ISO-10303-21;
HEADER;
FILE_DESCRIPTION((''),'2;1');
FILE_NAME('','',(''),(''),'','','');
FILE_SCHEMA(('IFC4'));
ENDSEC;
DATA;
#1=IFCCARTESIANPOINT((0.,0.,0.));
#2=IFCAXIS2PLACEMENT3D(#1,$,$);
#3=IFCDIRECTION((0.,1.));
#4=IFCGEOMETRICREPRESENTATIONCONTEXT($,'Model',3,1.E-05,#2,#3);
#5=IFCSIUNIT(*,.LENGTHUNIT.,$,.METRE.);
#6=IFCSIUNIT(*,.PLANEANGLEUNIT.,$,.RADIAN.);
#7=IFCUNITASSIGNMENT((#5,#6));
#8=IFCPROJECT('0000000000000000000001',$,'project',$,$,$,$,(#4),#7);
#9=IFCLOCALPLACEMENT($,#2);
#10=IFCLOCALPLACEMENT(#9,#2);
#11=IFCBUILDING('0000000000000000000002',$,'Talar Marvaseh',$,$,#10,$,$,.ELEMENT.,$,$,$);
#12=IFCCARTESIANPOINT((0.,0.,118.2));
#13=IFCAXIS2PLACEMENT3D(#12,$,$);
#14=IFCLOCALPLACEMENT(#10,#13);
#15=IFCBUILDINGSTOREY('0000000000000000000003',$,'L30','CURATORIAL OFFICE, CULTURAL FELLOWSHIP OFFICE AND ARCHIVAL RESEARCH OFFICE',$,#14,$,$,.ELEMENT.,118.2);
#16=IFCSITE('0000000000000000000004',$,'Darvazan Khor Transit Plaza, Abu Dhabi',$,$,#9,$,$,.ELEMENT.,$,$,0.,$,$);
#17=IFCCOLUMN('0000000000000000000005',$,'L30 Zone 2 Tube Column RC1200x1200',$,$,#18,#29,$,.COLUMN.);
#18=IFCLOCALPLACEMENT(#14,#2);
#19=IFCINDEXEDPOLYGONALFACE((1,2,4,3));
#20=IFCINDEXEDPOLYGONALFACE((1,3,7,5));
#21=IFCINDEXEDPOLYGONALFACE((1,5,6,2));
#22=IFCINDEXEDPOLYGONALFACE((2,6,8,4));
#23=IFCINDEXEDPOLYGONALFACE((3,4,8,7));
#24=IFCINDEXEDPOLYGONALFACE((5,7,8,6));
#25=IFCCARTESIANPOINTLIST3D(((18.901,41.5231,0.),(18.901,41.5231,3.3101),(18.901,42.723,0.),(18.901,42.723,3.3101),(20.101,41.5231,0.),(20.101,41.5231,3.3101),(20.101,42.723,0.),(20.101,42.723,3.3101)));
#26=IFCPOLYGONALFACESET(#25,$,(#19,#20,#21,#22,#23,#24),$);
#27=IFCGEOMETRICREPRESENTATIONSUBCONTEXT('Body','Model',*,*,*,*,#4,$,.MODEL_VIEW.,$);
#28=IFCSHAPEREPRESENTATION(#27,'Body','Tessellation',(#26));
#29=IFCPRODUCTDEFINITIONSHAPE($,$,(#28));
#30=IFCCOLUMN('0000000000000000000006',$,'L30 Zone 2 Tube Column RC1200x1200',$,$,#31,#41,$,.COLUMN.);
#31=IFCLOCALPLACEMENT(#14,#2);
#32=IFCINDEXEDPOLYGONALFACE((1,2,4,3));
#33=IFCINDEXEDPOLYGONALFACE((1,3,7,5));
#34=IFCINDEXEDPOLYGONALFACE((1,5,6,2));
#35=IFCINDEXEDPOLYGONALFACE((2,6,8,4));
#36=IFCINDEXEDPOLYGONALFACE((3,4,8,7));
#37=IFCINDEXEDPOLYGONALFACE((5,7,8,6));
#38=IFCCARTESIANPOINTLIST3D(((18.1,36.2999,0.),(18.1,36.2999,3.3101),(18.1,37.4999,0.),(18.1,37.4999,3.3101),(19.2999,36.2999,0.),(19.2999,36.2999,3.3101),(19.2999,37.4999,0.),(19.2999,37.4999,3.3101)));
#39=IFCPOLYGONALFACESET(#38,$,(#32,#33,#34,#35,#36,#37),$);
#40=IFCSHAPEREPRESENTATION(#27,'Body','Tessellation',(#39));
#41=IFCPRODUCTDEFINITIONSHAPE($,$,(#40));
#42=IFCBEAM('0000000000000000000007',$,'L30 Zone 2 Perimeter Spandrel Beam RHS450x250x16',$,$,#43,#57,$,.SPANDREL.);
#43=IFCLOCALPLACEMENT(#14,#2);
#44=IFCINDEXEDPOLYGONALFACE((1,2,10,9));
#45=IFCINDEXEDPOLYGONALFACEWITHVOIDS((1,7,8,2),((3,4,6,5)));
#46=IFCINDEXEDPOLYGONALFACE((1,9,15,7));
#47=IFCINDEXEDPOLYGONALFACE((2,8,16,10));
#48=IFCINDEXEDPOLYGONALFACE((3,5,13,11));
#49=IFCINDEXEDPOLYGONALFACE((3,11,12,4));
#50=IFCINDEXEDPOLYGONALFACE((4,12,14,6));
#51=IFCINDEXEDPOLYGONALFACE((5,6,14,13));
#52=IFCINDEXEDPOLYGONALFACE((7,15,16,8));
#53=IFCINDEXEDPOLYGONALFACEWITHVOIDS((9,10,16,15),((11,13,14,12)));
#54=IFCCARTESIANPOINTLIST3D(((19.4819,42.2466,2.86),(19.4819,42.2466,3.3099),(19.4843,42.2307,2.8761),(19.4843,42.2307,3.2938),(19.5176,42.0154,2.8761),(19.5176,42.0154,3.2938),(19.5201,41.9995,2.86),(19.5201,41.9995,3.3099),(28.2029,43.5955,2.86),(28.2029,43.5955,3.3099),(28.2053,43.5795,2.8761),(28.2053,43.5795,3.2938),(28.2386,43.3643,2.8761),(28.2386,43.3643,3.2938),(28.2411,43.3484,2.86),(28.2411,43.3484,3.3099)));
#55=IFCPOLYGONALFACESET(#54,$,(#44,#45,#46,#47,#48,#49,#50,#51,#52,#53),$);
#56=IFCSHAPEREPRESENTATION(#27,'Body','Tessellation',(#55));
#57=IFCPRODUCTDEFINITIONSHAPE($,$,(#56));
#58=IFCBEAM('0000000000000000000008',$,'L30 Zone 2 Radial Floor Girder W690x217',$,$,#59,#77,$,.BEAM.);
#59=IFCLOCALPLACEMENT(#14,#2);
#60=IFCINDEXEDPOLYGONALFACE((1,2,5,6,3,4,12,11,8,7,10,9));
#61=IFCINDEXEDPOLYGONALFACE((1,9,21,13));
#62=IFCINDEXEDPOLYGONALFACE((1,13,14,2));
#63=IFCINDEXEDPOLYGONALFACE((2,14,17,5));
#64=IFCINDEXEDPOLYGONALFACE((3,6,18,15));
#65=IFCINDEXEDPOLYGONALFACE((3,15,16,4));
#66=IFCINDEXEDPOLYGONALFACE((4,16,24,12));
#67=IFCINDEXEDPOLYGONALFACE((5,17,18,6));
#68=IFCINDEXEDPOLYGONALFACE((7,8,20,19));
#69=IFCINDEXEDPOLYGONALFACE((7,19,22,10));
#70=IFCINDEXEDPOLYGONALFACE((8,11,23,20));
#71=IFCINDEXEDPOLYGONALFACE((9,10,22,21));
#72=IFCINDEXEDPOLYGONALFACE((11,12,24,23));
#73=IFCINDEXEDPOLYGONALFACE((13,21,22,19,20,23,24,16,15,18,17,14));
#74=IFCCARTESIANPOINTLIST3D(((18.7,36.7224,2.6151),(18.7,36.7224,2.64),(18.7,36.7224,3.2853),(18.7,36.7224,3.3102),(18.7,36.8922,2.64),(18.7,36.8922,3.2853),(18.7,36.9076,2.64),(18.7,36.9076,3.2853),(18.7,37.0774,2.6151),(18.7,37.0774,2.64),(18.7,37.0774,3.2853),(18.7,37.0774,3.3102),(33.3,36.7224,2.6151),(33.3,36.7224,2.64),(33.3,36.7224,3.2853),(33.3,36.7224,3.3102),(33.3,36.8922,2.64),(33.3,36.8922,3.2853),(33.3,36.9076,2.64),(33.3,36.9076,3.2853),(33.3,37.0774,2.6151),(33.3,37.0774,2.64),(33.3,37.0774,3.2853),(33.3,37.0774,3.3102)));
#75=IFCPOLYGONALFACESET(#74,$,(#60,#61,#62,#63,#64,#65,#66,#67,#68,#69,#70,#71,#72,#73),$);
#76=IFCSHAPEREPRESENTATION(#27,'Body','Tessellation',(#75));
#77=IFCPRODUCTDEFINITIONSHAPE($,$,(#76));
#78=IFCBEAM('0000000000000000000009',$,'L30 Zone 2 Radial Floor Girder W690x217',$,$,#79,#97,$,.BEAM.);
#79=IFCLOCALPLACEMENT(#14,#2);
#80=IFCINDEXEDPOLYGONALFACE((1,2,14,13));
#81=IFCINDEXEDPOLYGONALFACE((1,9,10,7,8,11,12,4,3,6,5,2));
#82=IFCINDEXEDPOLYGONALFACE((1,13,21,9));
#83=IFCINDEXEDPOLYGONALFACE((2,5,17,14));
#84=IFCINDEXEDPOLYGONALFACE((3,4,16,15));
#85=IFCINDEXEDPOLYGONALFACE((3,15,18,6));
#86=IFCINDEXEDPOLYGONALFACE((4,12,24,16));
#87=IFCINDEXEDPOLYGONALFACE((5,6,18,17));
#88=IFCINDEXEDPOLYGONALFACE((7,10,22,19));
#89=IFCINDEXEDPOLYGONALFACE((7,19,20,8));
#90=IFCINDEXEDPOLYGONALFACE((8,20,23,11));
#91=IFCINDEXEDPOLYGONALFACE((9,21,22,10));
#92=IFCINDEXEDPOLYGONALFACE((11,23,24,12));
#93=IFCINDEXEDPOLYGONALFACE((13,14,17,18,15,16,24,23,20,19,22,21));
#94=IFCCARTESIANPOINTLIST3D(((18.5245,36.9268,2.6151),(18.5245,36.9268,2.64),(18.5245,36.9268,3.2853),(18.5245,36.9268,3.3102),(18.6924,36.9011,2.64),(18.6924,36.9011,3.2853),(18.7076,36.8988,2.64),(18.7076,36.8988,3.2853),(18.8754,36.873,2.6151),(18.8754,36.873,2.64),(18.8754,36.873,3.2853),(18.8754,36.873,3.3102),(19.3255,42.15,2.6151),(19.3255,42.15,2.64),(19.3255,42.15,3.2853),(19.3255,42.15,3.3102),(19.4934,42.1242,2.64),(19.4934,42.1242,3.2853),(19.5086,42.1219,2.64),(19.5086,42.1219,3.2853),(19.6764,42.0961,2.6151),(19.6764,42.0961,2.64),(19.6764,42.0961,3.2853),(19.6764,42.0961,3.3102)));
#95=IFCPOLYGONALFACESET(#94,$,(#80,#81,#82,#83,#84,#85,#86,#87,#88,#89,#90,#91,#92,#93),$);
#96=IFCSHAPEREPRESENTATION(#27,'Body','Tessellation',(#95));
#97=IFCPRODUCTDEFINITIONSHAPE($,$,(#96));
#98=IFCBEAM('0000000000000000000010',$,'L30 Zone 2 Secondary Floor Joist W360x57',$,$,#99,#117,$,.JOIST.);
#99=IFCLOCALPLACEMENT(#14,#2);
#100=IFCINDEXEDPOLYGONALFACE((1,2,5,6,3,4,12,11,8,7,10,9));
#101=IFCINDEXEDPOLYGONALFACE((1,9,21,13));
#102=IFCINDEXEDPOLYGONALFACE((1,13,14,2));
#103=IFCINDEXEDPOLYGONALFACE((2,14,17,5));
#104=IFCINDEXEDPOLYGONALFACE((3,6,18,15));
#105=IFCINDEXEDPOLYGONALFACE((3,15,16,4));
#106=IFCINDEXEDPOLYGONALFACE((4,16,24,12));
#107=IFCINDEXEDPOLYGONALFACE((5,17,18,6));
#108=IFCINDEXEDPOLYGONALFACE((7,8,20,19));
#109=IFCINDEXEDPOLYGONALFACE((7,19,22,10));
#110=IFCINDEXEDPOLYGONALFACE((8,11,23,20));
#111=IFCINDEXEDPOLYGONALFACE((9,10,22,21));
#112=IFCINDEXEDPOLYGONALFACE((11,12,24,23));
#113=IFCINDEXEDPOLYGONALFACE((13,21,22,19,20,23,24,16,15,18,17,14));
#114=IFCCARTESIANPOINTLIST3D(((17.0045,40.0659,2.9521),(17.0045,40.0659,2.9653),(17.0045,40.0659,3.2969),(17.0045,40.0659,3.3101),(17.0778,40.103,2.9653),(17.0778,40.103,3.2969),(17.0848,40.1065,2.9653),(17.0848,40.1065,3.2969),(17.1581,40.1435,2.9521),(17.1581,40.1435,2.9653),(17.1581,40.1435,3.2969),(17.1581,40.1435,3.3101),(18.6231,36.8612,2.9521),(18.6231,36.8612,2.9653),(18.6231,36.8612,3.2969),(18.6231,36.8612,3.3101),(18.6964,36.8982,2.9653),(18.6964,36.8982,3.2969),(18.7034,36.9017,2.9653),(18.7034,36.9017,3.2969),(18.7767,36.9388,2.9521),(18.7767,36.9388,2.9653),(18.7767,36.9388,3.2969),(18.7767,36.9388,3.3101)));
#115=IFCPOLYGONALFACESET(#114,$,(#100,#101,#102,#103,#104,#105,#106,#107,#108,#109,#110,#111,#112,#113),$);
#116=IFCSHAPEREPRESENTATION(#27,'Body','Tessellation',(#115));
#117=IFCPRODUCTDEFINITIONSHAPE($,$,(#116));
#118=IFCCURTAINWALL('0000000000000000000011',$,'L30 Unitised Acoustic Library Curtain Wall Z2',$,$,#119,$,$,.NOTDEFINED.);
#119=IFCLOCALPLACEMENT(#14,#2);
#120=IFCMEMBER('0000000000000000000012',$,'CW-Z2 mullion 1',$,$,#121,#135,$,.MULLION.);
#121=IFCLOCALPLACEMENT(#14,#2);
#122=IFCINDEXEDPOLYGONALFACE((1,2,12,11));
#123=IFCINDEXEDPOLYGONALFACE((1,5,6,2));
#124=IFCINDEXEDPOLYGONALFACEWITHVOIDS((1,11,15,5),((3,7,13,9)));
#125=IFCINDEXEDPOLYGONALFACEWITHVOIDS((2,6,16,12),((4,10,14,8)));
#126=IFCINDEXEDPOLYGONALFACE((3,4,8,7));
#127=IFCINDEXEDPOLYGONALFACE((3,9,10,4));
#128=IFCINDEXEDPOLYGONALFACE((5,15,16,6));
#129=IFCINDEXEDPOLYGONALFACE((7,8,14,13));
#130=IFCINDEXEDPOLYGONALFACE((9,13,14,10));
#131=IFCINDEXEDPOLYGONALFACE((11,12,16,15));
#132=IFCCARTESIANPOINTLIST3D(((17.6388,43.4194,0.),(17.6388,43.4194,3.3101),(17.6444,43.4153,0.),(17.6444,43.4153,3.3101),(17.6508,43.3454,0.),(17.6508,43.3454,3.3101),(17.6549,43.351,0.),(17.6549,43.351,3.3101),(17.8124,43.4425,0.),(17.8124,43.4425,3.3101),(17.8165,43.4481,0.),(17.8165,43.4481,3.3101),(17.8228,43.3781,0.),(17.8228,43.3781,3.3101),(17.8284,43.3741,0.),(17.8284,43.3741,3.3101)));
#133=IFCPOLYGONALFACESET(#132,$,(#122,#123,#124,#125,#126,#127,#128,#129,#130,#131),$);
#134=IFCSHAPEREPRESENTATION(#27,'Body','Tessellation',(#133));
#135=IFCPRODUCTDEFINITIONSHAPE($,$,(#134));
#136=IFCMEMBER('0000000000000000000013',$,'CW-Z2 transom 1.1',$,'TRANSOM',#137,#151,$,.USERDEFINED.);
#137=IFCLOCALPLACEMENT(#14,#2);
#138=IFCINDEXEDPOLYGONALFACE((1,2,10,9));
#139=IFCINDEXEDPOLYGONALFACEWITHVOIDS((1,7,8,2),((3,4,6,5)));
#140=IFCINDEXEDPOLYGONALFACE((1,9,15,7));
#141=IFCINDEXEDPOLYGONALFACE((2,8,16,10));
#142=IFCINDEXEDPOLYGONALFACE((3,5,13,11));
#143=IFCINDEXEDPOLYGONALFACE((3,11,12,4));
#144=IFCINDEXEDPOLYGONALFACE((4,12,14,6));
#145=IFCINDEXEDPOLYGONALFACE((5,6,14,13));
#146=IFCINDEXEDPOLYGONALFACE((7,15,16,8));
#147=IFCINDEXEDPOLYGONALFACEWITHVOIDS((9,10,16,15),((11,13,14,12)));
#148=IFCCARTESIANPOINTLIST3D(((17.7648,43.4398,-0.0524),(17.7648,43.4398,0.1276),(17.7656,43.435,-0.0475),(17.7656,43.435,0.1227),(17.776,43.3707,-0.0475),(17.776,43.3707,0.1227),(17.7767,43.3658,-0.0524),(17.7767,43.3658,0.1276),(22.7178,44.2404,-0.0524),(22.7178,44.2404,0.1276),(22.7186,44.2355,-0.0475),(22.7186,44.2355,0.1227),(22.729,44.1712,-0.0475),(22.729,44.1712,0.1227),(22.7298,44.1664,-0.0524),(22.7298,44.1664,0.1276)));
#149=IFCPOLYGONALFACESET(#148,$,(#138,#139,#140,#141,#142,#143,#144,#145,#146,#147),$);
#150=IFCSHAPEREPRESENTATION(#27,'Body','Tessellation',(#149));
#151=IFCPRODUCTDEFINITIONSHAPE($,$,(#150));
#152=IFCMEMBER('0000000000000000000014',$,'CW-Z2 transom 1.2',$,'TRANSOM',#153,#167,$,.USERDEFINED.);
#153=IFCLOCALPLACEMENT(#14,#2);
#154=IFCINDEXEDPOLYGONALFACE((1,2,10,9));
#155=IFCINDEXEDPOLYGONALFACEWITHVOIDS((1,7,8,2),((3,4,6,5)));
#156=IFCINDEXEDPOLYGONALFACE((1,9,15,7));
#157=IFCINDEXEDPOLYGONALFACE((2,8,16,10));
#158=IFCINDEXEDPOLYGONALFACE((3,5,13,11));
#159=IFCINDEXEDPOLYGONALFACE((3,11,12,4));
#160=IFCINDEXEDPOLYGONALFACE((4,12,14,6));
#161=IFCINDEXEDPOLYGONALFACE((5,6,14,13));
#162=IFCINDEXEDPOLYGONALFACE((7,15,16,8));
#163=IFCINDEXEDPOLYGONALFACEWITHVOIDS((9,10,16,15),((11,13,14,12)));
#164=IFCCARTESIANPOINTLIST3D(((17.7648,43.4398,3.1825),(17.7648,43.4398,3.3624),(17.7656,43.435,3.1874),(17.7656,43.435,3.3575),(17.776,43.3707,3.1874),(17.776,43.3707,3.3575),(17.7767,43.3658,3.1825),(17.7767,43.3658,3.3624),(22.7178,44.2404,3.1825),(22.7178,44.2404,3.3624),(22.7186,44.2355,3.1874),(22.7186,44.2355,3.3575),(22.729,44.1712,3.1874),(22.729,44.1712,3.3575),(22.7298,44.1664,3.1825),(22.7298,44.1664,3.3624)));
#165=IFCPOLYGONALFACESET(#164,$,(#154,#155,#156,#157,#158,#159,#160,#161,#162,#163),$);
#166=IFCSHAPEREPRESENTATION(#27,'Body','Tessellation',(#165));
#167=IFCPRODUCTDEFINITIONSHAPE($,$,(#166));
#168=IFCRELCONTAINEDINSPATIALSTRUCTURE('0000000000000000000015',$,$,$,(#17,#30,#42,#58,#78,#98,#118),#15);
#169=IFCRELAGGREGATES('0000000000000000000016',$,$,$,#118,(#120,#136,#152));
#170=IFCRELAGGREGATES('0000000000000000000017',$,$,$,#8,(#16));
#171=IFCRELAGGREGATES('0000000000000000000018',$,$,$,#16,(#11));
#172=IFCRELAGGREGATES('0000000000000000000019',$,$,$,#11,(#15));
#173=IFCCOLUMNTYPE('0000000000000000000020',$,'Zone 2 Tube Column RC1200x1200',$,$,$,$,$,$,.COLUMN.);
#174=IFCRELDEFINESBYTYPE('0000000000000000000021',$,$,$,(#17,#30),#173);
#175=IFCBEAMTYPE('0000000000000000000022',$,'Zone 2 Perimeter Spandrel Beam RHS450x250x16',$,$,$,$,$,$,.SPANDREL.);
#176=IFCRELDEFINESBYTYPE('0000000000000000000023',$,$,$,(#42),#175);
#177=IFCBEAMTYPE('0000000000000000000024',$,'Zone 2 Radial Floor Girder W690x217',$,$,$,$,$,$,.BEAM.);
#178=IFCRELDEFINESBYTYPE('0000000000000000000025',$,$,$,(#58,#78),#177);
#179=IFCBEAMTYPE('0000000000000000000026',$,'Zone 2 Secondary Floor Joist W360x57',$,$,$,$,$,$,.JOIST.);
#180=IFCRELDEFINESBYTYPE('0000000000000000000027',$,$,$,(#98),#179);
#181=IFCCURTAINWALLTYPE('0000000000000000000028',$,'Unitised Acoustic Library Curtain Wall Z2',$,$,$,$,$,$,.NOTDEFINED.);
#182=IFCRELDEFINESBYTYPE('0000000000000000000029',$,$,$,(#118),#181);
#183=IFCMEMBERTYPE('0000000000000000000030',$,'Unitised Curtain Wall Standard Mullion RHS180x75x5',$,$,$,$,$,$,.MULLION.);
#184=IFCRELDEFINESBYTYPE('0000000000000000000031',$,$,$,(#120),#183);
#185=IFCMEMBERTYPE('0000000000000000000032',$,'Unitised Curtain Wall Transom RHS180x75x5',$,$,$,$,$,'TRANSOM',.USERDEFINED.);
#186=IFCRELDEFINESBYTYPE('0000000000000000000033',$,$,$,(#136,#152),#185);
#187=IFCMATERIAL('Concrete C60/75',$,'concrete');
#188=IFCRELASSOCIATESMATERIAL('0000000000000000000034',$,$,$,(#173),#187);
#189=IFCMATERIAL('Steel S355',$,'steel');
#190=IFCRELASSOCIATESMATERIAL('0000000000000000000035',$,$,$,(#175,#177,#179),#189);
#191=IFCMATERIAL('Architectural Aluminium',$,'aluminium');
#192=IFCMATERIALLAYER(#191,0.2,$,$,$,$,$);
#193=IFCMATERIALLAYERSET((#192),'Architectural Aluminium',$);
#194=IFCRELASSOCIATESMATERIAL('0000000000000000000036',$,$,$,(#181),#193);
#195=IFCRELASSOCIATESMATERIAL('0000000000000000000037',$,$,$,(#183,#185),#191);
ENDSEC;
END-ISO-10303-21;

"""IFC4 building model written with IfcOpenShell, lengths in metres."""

from ifc_helpers import new_model, si_unit, direction, frame, origin, origin_2d, place, context, subcontext, project, spatial, rectangle, hollow_rectangle, i_section, extrude, source, transform, mapped, material, layer, layer_set, material_profile, profile_set, type_object, type_shapes, element, aggregate, save


model = new_model("IFC4")

# Units and contexts
model_context = context("Model", 3, precision=1e-05, world=origin(), true_north=direction((0.0, 1.0)))
body_context = subcontext(model_context, "Body", "Model", "MODEL_VIEW")
ifc_project = project(units=[si_unit("LENGTHUNIT", "METRE"), si_unit("PLANEANGLEUNIT", "RADIAN")], contexts=[model_context])

# Site, building, storey
site_placement = place(None, origin())
site = spatial("IfcSite", under=ifc_project, at=site_placement, Name="Darvazan Khor Transit Plaza, Abu Dhabi", CompositionType="ELEMENT", RefElevation=0.0)
building_placement = place(site_placement, origin())
building = spatial("IfcBuilding", under=site, at=building_placement, Name="Talar Marvaseh", CompositionType="ELEMENT")
storey_placement = place(building_placement, frame((0.0, 0.0, 118.2)))
storey = spatial("IfcBuildingStorey", under=building, at=storey_placement, Name="L30", Description="CURATORIAL OFFICE, CULTURAL FELLOWSHIP OFFICE AND ARCHIVAL RESEARCH OFFICE", CompositionType="ELEMENT", Elevation=118.2)

# Columns
ifc_material_1 = material(Name="Concrete C60/75", Category="concrete")
ifc_material_profile_1 = material_profile(ifc_material_1, rectangle(XDim=1.2, YDim=1.2, at=origin_2d()), Name="RC1200x1200")
ifc_profile_set_1 = profile_set([ifc_material_profile_1], Name="Concrete C60/75")
column_type = type_object("IfcColumnType", Name="Zone 2 Tube Column RC1200x1200", PredefinedType="COLUMN", material=ifc_profile_set_1)
for number, where, z_axis, x_axis, name in (
    (1, (19.501, 42.123, 0.0), (0.0, 0.0, 1.0), (1.0, 0.0, 0.0), "L30 Zone 2 Tube Column RC1200x1200"),
    (2, (18.7, 36.8999, 0.0), (0.0, 0.0, 1.0), (1.0, 0.0, 0.0), "L30 Zone 2 Tube Column RC1200x1200"),
):
    element("IfcColumn", number, at=place(storey_placement, frame(where, z_axis=z_axis, x_axis=x_axis)), inside=storey, type_object=column_type, Name=name, PredefinedType="COLUMN", context=body_context, shape_type="SweptSolid", body=[
        extrude(rectangle(XDim=1.2, YDim=1.2, at=origin_2d()), origin(), (0.0, 0.0, 1.0), 3.3101),
    ])

# Beams
ifc_material_2 = material(Name="Steel S355", Category="steel")
ifc_material_profile_2 = material_profile(ifc_material_2, hollow_rectangle(XDim=0.25, YDim=0.45, WallThickness=0.0161, at=origin_2d()), Name="RHS450x250x16")
ifc_profile_set_2 = profile_set([ifc_material_profile_2], Name="Steel S355")
beam_type_1 = type_object("IfcBeamType", Name="Zone 2 Perimeter Spandrel Beam RHS450x250x16", PredefinedType="SPANDREL", material=ifc_profile_set_2)
beam_1_placement = place(storey_placement, frame((19.501, 42.123, 3.085), z_axis=(0.988249, 0.152853, 0.0), x_axis=(-0.152853, 0.988249, 0.0)))
element("IfcBeam", 3, at=beam_1_placement, inside=storey, type_object=beam_type_1, Name="L30 Zone 2 Perimeter Spandrel Beam RHS450x250x16", PredefinedType="SPANDREL", context=body_context, shape_type="SweptSolid", body=[
    extrude(hollow_rectangle(XDim=0.25, YDim=0.45, WallThickness=0.0161, at=origin_2d()), origin(), (0.0, 0.0, 1.0), 8.8247),
])
ifc_material_profile_3 = material_profile(ifc_material_2, i_section(OverallWidth=0.355, OverallDepth=0.6951, WebThickness=0.0154, FlangeThickness=0.0249, at=origin_2d()), Name="W690x217")
ifc_profile_set_3 = profile_set([ifc_material_profile_3], Name="Steel S355")
beam_type_2 = type_object("IfcBeamType", Name="Zone 2 Radial Floor Girder W690x217", PredefinedType="BEAM", material=ifc_profile_set_3)
beam_2_placement = place(storey_placement, frame((18.7, 36.8999, 2.9626), z_axis=(1.0, 0.0, 0.0), x_axis=(0.0, 1.0, 0.0)))
element("IfcBeam", 4, at=beam_2_placement, inside=storey, type_object=beam_type_2, Name="L30 Zone 2 Radial Floor Girder W690x217", PredefinedType="BEAM", context=body_context, shape_type="SweptSolid", body=[
    extrude(i_section(OverallWidth=0.355, OverallDepth=0.6951, WebThickness=0.0154, FlangeThickness=0.0249, at=origin_2d()), origin(), (0.0, 0.0, 1.0), 14.6001),
])
beam_3_placement = place(storey_placement, frame((19.501, 42.123, 2.9626), z_axis=(-0.151588, -0.988444, 0.0), x_axis=(0.988444, -0.151588, 0.0)))
element("IfcBeam", 5, at=beam_3_placement, inside=storey, type_object=beam_type_2, Name="L30 Zone 2 Radial Floor Girder W690x217", PredefinedType="BEAM", context=body_context, shape_type="SweptSolid", body=[
    extrude(i_section(OverallWidth=0.355, OverallDepth=0.6951, WebThickness=0.0154, FlangeThickness=0.0249, at=origin_2d()), origin(), (0.0, 0.0, 1.0), 5.2842),
])
ifc_material_profile_4 = material_profile(ifc_material_2, i_section(OverallWidth=0.1721, OverallDepth=0.3579, WebThickness=0.0078, FlangeThickness=0.0132, at=origin_2d()), Name="W360x57")
ifc_profile_set_4 = profile_set([ifc_material_profile_4], Name="Steel S355")
beam_type_3 = type_object("IfcBeamType", Name="Zone 2 Secondary Floor Joist W360x57", PredefinedType="JOIST", material=ifc_profile_set_4)
beam_4_placement = place(storey_placement, frame((17.0813, 40.1047, 3.1311), z_axis=(0.450827, -0.892611, 0.0), x_axis=(0.892611, 0.450827, 0.0)))
element("IfcBeam", 6, at=beam_4_placement, inside=storey, type_object=beam_type_3, Name="L30 Zone 2 Secondary Floor Joist W360x57", PredefinedType="JOIST", context=body_context, shape_type="SweptSolid", body=[
    extrude(i_section(OverallWidth=0.1721, OverallDepth=0.3579, WebThickness=0.0078, FlangeThickness=0.0132, at=origin_2d()), origin(), (0.0, 0.0, 1.0), 3.5903),
])

# Curtain wall, members
ifc_material_3 = material(Name="Architectural Aluminium", Category="aluminium")
ifc_layer_1 = layer(ifc_material_3, 0.2)
ifc_layer_set_1 = layer_set([ifc_layer_1], Name="Architectural Aluminium")
curtain_wall_type = type_object("IfcCurtainWallType", Name="Unitised Acoustic Library Curtain Wall Z2", PredefinedType="NOTDEFINED", material=ifc_layer_set_1)
curtain_wall_placement = place(storey_placement, origin())
curtain_wall = element("IfcCurtainWall", 7, at=curtain_wall_placement, inside=storey, type_object=curtain_wall_type, Name="L30 Unitised Acoustic Library Curtain Wall Z2", PredefinedType="NOTDEFINED")
ifc_material_profile_5 = material_profile(ifc_material_3, hollow_rectangle(XDim=0.075, YDim=0.1799, WallThickness=0.0049, at=origin_2d()), Name="RHS180x75x5")
ifc_profile_set_5 = profile_set([ifc_material_profile_5], Name="Architectural Aluminium")
member_type_1 = type_object("IfcMemberType", Name="Unitised Curtain Wall Standard Mullion RHS180x75x5", PredefinedType="MULLION", material=ifc_profile_set_5)
shared_shape_1 = source(origin(), body_context, "Body", "SweptSolid", [
    extrude(hollow_rectangle(XDim=0.075, YDim=0.1799, WallThickness=0.0049, at=origin_2d()), origin(), (0.0, 0.0, 1.0), 3.3101),
])
type_shapes(member_type_1, [shared_shape_1])
member_1_placement = place(storey_placement, frame((17.7336, 43.3967, 0.0), z_axis=(0.0, 0.0, 1.0), x_axis=(-0.15957, 0.987187, 0.0)))
member_1 = element("IfcMember", 8, at=member_1_placement, type_object=member_type_1, Name="CW-Z2 mullion 1", PredefinedType="MULLION", context=body_context, shape_type="MappedRepresentation", body=[
    mapped(shared_shape_1, transform((0.0, 0.0, 0.0), x_axis=(1.0, 0.0, 0.0), y_axis=(0.0, 1.0, 0.0), z_axis=(0.0, 0.0, 1.0), scale=1.0)),
])
ifc_material_profile_6 = material_profile(ifc_material_3, hollow_rectangle(XDim=0.075, YDim=0.1799, WallThickness=0.0049, at=origin_2d()), Name="RHS180x75x5")
ifc_profile_set_6 = profile_set([ifc_material_profile_6], Name="Architectural Aluminium")
member_type_2 = type_object("IfcMemberType", Name="Unitised Curtain Wall Transom RHS180x75x5", ElementType="TRANSOM", PredefinedType="USERDEFINED", material=ifc_profile_set_6)
shared_shape_2 = source(origin(), body_context, "Body", "SweptSolid", [
    extrude(hollow_rectangle(XDim=0.075, YDim=0.1799, WallThickness=0.0049, at=origin_2d()), origin(), (0.0, 0.0, 1.0), 5.0173),
])
type_shapes(member_type_2, [shared_shape_2])
member_2_placement = place(storey_placement, frame((17.7708, 43.4028, 0.0376), z_axis=(0.987189, 0.159552, 0.0), x_axis=(-0.159552, 0.987189, 0.0)))
member_2 = element("IfcMember", 9, at=member_2_placement, type_object=member_type_2, Name="CW-Z2 transom 1.1", ObjectType="TRANSOM", PredefinedType="USERDEFINED", context=body_context, shape_type="MappedRepresentation", body=[
    mapped(shared_shape_2, transform((0.0, 0.0, 0.0), x_axis=(1.0, 0.0, 0.0), y_axis=(0.0, 1.0, 0.0), z_axis=(0.0, 0.0, 1.0), scale=1.0)),
])
member_3_placement = place(storey_placement, frame((17.7708, 43.4028, 3.2725), z_axis=(0.987189, 0.159552, 0.0), x_axis=(-0.159552, 0.987189, 0.0)))
member_3 = element("IfcMember", 10, at=member_3_placement, type_object=member_type_2, Name="CW-Z2 transom 1.2", ObjectType="TRANSOM", PredefinedType="USERDEFINED", context=body_context, shape_type="MappedRepresentation", body=[
    mapped(shared_shape_2, transform((0.0, 0.0, 0.0), x_axis=(1.0, 0.0, 0.0), y_axis=(0.0, 1.0, 0.0), z_axis=(0.0, 0.0, 1.0), scale=1.0)),
])
aggregate(curtain_wall, [member_1, member_2, member_3])

save(model, "model.ifc")
